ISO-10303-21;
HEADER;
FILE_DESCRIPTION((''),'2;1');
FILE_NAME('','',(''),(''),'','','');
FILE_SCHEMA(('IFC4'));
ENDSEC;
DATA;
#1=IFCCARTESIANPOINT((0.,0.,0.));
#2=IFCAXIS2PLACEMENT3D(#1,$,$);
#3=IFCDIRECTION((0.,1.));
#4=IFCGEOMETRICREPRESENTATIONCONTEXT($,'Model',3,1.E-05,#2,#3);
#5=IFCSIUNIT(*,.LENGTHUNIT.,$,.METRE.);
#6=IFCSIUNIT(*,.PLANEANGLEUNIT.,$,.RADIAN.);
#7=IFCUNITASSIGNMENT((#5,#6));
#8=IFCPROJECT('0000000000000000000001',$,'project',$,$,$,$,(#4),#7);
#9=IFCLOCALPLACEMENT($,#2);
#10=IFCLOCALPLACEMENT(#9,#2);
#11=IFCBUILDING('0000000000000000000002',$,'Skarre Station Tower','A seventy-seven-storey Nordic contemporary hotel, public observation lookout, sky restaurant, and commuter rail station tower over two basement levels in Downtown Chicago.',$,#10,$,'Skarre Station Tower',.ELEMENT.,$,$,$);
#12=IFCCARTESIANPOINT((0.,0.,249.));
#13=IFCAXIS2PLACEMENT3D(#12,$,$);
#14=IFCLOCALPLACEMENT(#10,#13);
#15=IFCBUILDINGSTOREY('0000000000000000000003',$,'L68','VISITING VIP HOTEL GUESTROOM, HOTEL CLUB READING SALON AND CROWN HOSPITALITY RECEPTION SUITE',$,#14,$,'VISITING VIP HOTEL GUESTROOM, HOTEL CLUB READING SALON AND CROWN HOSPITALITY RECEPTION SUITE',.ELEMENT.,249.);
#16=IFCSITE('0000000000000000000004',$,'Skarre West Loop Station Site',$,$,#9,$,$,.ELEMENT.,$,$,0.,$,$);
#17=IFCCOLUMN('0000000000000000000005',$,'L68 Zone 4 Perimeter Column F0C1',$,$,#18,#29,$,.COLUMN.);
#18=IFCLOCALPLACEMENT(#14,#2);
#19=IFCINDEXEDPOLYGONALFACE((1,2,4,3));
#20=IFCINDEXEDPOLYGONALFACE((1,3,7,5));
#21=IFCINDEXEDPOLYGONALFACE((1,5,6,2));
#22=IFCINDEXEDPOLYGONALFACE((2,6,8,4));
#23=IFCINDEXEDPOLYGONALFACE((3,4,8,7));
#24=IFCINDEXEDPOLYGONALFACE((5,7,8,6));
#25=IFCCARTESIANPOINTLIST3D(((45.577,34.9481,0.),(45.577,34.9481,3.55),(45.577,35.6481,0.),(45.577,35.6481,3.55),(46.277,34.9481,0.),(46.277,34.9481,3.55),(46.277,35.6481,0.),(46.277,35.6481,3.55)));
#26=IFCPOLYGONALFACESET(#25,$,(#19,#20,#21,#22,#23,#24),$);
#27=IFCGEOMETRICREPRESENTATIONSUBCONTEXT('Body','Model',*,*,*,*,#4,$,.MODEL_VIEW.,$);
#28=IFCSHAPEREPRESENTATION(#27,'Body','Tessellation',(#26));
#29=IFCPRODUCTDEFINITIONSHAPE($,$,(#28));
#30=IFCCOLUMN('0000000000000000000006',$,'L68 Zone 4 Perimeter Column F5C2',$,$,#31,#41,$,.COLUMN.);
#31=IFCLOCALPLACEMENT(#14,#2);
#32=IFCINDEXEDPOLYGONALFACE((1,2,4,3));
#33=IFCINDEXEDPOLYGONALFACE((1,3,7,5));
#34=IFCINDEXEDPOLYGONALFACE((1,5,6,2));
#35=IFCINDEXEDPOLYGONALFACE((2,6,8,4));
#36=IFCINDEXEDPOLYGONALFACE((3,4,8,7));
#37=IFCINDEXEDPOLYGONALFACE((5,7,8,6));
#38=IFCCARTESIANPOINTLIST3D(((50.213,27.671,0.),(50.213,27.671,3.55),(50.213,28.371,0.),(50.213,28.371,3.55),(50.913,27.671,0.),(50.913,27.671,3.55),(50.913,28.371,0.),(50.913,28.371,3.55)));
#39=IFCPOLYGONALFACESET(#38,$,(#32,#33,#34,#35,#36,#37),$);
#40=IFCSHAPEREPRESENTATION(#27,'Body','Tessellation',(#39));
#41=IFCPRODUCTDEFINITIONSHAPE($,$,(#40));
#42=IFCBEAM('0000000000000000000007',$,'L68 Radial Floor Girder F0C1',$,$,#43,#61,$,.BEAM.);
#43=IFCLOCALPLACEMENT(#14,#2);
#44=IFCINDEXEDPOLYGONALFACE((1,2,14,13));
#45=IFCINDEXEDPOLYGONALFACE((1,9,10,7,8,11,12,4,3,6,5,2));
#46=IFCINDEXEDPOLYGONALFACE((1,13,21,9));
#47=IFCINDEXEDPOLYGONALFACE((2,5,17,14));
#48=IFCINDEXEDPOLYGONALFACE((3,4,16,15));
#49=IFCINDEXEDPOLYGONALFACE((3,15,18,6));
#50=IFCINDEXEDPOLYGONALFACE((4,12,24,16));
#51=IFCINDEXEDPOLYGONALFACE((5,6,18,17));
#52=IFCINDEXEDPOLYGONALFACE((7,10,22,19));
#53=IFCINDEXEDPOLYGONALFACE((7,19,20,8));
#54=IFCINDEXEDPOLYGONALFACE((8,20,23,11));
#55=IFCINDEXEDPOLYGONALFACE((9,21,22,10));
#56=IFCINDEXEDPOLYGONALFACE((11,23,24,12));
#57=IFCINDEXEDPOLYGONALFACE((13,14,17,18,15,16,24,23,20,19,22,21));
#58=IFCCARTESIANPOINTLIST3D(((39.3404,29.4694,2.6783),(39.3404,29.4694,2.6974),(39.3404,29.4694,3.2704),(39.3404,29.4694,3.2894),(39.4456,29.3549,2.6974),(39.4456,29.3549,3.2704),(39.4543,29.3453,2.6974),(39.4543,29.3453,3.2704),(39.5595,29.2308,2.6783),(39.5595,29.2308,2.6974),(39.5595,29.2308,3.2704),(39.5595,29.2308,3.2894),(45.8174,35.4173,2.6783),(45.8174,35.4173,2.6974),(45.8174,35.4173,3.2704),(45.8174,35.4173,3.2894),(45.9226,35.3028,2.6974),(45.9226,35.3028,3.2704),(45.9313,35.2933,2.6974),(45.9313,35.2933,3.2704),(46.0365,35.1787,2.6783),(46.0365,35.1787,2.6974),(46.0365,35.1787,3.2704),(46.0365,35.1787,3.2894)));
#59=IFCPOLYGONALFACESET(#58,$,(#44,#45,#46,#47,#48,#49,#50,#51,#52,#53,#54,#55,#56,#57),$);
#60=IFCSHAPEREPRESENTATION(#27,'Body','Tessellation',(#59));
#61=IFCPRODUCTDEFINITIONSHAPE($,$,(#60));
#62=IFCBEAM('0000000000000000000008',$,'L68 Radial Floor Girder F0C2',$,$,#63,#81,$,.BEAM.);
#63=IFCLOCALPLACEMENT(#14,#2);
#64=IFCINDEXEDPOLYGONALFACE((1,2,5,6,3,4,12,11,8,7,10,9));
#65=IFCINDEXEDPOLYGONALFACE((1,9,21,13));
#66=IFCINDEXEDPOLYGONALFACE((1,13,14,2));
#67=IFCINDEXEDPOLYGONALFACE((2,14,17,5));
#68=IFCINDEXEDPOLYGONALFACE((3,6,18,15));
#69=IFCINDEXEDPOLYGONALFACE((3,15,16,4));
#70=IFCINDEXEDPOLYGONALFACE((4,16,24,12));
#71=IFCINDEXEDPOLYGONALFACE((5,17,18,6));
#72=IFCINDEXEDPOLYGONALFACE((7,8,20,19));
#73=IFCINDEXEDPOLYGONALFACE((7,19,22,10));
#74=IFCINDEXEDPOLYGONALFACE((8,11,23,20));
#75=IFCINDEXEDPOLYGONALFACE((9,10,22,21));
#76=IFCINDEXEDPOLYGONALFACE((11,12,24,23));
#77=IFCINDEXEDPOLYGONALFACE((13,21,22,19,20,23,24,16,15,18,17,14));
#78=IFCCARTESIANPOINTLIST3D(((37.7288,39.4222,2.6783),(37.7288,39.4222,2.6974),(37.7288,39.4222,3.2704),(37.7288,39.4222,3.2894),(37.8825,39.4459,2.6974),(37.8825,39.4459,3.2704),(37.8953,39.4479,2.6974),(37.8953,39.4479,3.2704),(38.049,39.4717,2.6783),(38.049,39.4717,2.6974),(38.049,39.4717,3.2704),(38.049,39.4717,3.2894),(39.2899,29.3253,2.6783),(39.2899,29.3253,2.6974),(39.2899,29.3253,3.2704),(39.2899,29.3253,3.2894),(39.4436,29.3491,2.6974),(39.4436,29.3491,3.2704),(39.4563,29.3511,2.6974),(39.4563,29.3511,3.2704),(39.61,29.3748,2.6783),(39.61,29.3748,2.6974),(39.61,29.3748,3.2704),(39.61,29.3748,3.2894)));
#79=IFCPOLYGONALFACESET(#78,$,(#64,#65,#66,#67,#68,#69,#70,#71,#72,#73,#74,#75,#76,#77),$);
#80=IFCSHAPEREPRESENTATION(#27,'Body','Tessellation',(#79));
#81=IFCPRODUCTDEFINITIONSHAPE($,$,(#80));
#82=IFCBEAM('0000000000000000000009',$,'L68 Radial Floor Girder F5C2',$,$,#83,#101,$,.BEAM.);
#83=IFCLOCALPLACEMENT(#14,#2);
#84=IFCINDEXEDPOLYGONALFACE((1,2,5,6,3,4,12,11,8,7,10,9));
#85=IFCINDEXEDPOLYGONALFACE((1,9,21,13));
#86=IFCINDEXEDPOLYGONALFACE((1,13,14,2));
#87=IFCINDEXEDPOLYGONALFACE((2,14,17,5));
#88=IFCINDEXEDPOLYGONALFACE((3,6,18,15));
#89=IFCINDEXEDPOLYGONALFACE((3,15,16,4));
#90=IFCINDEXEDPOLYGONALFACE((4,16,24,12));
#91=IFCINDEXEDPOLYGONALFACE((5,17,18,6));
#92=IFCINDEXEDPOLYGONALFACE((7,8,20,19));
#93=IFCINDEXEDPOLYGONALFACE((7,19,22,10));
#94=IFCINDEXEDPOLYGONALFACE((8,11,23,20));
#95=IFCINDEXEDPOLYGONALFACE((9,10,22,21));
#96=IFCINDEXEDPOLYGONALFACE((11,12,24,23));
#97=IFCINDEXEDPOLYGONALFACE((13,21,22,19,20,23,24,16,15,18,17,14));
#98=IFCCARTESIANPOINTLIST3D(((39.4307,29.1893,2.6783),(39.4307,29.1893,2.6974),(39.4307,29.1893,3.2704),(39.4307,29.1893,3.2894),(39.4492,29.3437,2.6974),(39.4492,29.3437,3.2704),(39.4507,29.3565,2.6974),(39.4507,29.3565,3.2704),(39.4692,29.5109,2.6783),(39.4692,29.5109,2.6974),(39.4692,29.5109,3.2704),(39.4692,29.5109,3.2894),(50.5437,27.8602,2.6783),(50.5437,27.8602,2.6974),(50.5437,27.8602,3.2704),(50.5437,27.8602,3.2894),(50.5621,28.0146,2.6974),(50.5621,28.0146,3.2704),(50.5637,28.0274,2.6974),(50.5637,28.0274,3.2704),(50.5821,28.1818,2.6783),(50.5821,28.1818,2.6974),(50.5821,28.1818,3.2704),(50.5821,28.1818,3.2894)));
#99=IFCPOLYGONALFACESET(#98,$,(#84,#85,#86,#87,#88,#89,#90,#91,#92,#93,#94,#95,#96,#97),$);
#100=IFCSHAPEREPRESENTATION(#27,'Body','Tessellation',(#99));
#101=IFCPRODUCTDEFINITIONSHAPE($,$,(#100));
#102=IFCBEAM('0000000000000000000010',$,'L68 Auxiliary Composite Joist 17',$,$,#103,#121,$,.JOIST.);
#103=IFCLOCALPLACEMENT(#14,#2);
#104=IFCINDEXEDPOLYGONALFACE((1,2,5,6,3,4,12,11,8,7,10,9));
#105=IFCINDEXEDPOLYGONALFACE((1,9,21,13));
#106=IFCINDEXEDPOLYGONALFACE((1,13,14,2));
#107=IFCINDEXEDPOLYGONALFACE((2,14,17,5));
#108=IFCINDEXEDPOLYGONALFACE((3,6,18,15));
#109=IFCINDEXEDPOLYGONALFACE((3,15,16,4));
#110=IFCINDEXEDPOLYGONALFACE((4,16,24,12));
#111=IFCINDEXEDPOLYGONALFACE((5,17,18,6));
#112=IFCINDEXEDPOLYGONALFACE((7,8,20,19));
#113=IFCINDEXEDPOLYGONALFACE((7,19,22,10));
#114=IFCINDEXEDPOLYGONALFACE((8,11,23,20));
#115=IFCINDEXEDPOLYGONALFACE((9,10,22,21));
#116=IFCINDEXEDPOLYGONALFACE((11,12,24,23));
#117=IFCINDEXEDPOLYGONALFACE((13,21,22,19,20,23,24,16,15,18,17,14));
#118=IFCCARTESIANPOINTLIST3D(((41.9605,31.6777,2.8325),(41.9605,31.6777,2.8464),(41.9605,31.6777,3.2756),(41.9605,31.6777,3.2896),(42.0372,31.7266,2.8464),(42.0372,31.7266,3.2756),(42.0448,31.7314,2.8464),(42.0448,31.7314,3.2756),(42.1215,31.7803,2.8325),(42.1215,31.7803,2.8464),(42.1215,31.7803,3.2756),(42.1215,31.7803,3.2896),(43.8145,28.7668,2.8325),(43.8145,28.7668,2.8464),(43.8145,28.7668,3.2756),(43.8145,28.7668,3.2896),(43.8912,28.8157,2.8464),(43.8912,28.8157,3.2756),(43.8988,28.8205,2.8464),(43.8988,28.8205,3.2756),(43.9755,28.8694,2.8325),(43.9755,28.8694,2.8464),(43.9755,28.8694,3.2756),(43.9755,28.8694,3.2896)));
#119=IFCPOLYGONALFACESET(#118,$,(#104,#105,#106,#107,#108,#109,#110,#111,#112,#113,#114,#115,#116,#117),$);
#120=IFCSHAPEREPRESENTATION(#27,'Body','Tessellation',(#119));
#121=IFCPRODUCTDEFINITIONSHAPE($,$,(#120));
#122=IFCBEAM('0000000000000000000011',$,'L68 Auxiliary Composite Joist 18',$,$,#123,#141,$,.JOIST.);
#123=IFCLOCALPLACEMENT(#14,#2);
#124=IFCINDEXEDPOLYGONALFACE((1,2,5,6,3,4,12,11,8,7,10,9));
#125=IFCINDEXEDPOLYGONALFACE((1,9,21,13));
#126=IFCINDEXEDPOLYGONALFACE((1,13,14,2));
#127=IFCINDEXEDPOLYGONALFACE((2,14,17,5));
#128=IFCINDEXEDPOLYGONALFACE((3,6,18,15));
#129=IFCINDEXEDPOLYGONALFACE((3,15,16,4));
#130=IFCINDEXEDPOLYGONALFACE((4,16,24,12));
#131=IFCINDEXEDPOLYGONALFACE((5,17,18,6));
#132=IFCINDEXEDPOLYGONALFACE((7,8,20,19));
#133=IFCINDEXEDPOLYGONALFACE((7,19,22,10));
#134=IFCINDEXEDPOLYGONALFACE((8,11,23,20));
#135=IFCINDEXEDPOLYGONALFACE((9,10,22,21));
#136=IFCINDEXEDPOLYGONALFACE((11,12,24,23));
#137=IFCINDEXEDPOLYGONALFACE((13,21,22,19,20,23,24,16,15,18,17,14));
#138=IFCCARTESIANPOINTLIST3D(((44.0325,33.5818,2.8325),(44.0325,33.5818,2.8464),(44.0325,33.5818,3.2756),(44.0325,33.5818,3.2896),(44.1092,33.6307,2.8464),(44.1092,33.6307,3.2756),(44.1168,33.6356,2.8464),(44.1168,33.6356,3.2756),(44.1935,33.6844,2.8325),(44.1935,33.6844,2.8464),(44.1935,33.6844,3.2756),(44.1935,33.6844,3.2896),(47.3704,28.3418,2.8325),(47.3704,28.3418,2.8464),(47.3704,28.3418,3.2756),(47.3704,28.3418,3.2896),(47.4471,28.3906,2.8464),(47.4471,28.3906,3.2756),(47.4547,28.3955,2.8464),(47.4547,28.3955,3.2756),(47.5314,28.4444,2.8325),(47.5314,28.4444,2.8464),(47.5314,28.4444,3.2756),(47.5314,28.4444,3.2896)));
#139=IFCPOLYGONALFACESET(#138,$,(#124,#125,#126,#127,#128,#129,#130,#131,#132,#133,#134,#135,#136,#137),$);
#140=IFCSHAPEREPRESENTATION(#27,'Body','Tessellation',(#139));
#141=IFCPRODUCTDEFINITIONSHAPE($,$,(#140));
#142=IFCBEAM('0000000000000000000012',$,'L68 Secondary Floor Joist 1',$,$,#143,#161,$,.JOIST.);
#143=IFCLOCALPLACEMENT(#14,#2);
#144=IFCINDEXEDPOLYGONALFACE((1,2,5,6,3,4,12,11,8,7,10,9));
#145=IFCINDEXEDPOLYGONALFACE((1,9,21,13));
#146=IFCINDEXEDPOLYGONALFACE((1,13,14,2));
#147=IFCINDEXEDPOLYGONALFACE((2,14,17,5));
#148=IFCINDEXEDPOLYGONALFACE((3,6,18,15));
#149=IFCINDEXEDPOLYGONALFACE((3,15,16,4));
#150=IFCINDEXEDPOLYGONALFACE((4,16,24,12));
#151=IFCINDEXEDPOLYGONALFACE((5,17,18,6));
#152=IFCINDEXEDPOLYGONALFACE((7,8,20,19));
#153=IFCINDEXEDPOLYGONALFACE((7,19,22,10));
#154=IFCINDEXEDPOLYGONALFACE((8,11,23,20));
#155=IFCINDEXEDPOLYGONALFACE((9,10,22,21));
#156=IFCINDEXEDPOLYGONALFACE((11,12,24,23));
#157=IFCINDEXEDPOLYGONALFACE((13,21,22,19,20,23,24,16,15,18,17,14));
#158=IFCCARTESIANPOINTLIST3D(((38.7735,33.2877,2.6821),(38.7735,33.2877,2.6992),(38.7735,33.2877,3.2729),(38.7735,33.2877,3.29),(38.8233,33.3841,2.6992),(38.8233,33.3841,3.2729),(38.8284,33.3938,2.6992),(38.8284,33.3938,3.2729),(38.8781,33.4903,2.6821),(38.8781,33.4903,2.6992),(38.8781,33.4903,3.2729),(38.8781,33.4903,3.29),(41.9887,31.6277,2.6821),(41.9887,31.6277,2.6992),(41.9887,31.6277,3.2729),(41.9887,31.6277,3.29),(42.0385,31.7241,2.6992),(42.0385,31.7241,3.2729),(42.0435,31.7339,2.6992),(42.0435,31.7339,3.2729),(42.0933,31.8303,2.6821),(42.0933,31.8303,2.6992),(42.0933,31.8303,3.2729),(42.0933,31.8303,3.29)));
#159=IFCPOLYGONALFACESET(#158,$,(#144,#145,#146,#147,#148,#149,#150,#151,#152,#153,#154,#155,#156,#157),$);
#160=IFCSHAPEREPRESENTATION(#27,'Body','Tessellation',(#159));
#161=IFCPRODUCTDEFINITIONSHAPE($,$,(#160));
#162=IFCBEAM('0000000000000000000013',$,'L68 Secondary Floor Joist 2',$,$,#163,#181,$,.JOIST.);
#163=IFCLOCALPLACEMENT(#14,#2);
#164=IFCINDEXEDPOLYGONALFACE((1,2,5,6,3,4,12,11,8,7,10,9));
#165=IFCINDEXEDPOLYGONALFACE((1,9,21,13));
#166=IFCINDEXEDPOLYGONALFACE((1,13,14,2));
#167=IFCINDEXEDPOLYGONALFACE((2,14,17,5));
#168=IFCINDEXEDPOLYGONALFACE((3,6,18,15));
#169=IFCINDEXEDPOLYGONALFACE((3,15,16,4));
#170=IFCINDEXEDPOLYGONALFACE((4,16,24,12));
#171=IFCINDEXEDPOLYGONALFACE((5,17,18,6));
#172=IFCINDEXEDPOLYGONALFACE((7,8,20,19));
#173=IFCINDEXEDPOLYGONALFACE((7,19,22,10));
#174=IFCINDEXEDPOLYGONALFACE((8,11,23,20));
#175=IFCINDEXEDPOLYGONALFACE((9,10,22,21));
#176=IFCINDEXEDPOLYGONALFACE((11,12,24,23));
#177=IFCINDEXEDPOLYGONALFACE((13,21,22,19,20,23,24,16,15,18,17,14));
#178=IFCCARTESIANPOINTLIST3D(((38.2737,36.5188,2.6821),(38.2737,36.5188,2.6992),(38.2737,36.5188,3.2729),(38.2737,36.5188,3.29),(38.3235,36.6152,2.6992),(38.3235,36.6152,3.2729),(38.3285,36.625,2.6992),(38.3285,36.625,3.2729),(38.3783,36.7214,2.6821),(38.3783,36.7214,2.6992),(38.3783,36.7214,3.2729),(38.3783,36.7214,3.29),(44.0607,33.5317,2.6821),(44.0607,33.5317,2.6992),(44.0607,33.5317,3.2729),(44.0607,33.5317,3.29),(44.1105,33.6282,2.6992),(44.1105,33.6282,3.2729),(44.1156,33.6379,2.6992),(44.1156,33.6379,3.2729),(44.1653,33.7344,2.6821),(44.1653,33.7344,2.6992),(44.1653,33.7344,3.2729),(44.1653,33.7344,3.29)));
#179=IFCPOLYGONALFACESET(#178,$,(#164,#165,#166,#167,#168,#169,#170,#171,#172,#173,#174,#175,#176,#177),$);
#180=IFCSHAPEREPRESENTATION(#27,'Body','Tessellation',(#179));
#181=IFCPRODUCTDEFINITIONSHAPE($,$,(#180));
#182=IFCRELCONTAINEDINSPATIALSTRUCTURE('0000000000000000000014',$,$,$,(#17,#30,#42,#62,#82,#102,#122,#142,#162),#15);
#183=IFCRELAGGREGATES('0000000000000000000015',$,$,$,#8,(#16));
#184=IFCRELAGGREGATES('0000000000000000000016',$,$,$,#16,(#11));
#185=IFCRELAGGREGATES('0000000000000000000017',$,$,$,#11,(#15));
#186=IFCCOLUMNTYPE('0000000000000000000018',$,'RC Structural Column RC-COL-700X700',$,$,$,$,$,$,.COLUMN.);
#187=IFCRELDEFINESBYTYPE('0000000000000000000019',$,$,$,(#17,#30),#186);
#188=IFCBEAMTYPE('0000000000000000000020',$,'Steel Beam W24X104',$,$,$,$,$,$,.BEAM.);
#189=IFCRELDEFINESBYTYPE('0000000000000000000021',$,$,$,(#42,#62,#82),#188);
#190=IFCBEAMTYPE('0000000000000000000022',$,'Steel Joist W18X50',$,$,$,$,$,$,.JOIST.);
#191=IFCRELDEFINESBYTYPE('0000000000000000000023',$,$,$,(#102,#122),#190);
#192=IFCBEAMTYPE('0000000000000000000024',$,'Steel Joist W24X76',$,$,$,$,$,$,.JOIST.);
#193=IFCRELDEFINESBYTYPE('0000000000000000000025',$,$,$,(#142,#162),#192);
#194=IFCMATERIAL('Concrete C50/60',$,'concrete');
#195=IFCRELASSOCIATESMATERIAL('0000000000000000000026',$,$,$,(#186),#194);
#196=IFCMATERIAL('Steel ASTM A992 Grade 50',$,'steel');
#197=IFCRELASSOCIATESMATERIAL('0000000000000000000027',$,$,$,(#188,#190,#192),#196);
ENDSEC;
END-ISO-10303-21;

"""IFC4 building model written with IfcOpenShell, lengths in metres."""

from ifc_helpers import new_model, si_unit, direction, frame, origin, origin_2d, place, context, subcontext, project, spatial, rectangle, i_section, extrude, material, material_profile, profile_set, type_object, element, save


model = new_model("IFC4")

# Units and contexts
model_context = context("Model", 3, precision=1e-05, world=origin(), true_north=direction((0.0, 1.0)))
body_context = subcontext(model_context, "Body", "Model", "MODEL_VIEW")
ifc_project = project(units=[si_unit("LENGTHUNIT", "METRE"), si_unit("PLANEANGLEUNIT", "RADIAN")], contexts=[model_context])

# Site, building, storey
site_placement = place(None, origin())
site = spatial("IfcSite", under=ifc_project, at=site_placement, Name="Skarre West Loop Station Site", CompositionType="ELEMENT", RefElevation=0.0)
building_placement = place(site_placement, origin())
building = spatial("IfcBuilding", under=site, at=building_placement, Name="Skarre Station Tower", Description="A seventy-seven-storey Nordic contemporary hotel, public observation lookout, sky restaurant, and commuter rail station tower over two basement levels in Downtown Chicago.", LongName="Skarre Station Tower", CompositionType="ELEMENT")
storey_placement = place(building_placement, frame((0.0, 0.0, 249.0)))
storey = spatial("IfcBuildingStorey", under=building, at=storey_placement, Name="L68", Description="VISITING VIP HOTEL GUESTROOM, HOTEL CLUB READING SALON AND CROWN HOSPITALITY RECEPTION SUITE", LongName="VISITING VIP HOTEL GUESTROOM, HOTEL CLUB READING SALON AND CROWN HOSPITALITY RECEPTION SUITE", CompositionType="ELEMENT", Elevation=249.0)

# Columns
ifc_material_1 = material(Name="Concrete C50/60", Category="concrete")
ifc_material_profile_1 = material_profile(ifc_material_1, rectangle(XDim=0.7, YDim=0.7, at=origin_2d()), Name="Concrete C50/60")
ifc_profile_set_1 = profile_set([ifc_material_profile_1], Name="Concrete C50/60")
column_type = type_object("IfcColumnType", Name="RC Structural Column RC-COL-700X700", PredefinedType="COLUMN", material=ifc_profile_set_1)
for number, where, z_axis, x_axis, name in (
    (1, (45.927, 35.2981, 0.0), (0.0, 0.0, 1.0), (1.0, 0.0, 0.0), "L68 Zone 4 Perimeter Column F0C1"),
    (2, (50.563, 28.021, 0.0), (0.0, 0.0, 1.0), (1.0, 0.0, 0.0), "L68 Zone 4 Perimeter Column F5C2"),
):
    element("IfcColumn", number, at=place(storey_placement, frame(where, z_axis=z_axis, x_axis=x_axis)), inside=storey, type_object=column_type, Name=name, PredefinedType="COLUMN", context=body_context, shape_type="SweptSolid", body=[
        extrude(rectangle(XDim=0.7, YDim=0.7, at=origin_2d()), origin(), (0.0, 0.0, 1.0), 3.55),
    ])

# Beams
ifc_material_2 = material(Name="Steel ASTM A992 Grade 50", Category="steel")
ifc_material_profile_2 = material_profile(ifc_material_2, i_section(OverallWidth=0.324, OverallDepth=0.6111, WebThickness=0.0129, FlangeThickness=0.019, at=origin_2d()), Name="Steel ASTM A992 Grade 50")
ifc_profile_set_2 = profile_set([ifc_material_profile_2], Name="Steel ASTM A992 Grade 50")
beam_type_1 = type_object("IfcBeamType", Name="Steel Beam W24X104", PredefinedType="BEAM", material=ifc_profile_set_2)
beam_1_placement = place(storey_placement, frame((39.45, 29.3501, 2.9839), z_axis=(0.736548, 0.676386, 0.0), x_axis=(-0.676386, 0.736548, 0.0)))
element("IfcBeam", 3, at=beam_1_placement, inside=storey, type_object=beam_type_1, Name="L68 Radial Floor Girder F0C1", PredefinedType="BEAM", context=body_context, shape_type="SweptSolid", body=[
    extrude(i_section(OverallWidth=0.324, OverallDepth=0.6111, WebThickness=0.0129, FlangeThickness=0.019, at=origin_2d()), origin(), (0.0, 0.0, 1.0), 8.7937),
])
beam_2_placement = place(storey_placement, frame((39.45, 29.3501, 2.9839), z_axis=(-0.15279, 0.988259, 0.0), x_axis=(-0.988259, -0.15279, 0.0)))
element("IfcBeam", 4, at=beam_2_placement, inside=storey, type_object=beam_type_1, Name="L68 Radial Floor Girder F0C2", PredefinedType="BEAM", context=body_context, shape_type="SweptSolid", body=[
    extrude(i_section(OverallWidth=0.324, OverallDepth=0.6111, WebThickness=0.0129, FlangeThickness=0.019, at=origin_2d()), origin(), (0.0, 0.0, 1.0), 10.2168),
])
beam_3_placement = place(storey_placement, frame((39.45, 29.3501, 2.9839), z_axis=(0.992924, -0.118752, 0.0), x_axis=(0.118752, 0.992924, 0.0)))
element("IfcBeam", 5, at=beam_3_placement, inside=storey, type_object=beam_type_1, Name="L68 Radial Floor Girder F5C2", PredefinedType="BEAM", context=body_context, shape_type="SweptSolid", body=[
    extrude(i_section(OverallWidth=0.324, OverallDepth=0.6111, WebThickness=0.0129, FlangeThickness=0.019, at=origin_2d()), origin(), (0.0, 0.0, 1.0), 11.1921),
])
ifc_material_profile_3 = material_profile(ifc_material_2, i_section(OverallWidth=0.1909, OverallDepth=0.457, WebThickness=0.009, FlangeThickness=0.0139, at=origin_2d()), Name="Steel ASTM A992 Grade 50")
ifc_profile_set_3 = profile_set([ifc_material_profile_3], Name="Steel ASTM A992 Grade 50")
beam_type_2 = type_object("IfcBeamType", Name="Steel Joist W18X50", PredefinedType="JOIST", material=ifc_profile_set_3)
beam_4_placement = place(storey_placement, frame((43.895, 28.8181, 3.061), z_axis=(-0.53721, 0.843449, 0.0), x_axis=(-0.843449, -0.53721, 0.0)))
element("IfcBeam", 6, at=beam_4_placement, inside=storey, type_object=beam_type_2, Name="L68 Auxiliary Composite Joist 17", PredefinedType="JOIST", context=body_context, shape_type="SweptSolid", body=[
    extrude(i_section(OverallWidth=0.1909, OverallDepth=0.457, WebThickness=0.009, FlangeThickness=0.0139, at=origin_2d()), origin(), (0.0, 0.0, 1.0), 3.4512),
])
beam_5_placement = place(storey_placement, frame((47.4509, 28.3931, 3.061), z_axis=(-0.537259, 0.843417, 0.0), x_axis=(-0.843417, -0.537259, 0.0)))
element("IfcBeam", 7, at=beam_5_placement, inside=storey, type_object=beam_type_2, Name="L68 Auxiliary Composite Joist 18", PredefinedType="JOIST", context=body_context, shape_type="SweptSolid", body=[
    extrude(i_section(OverallWidth=0.1909, OverallDepth=0.457, WebThickness=0.009, FlangeThickness=0.0139, at=origin_2d()), origin(), (0.0, 0.0, 1.0), 6.2129),
])
ifc_material_profile_4 = material_profile(ifc_material_2, i_section(OverallWidth=0.228, OverallDepth=0.6079, WebThickness=0.011, FlangeThickness=0.0171, at=origin_2d()), Name="Steel ASTM A992 Grade 50")
ifc_profile_set_4 = profile_set([ifc_material_profile_4], Name="Steel ASTM A992 Grade 50")
beam_type_3 = type_object("IfcBeamType", Name="Steel Joist W24X76", PredefinedType="JOIST", material=ifc_profile_set_4)
beam_6_placement = place(storey_placement, frame((42.041, 31.729, 2.9861), z_axis=(-0.888563, 0.458755, 0.0), x_axis=(-0.458755, -0.888563, 0.0)))
element("IfcBeam", 8, at=beam_6_placement, inside=storey, type_object=beam_type_3, Name="L68 Secondary Floor Joist 1", PredefinedType="JOIST", context=body_context, shape_type="SweptSolid", body=[
    extrude(i_section(OverallWidth=0.228, OverallDepth=0.6079, WebThickness=0.011, FlangeThickness=0.0171, at=origin_2d()), origin(), (0.0, 0.0, 1.0), 3.6184),
])
beam_7_placement = place(storey_placement, frame((44.113, 33.6331, 2.9861), z_axis=(-0.88861, 0.458663, 0.0), x_axis=(-0.458663, -0.88861, 0.0)))
element("IfcBeam", 9, at=beam_7_placement, inside=storey, type_object=beam_type_3, Name="L68 Secondary Floor Joist 2", PredefinedType="JOIST", context=body_context, shape_type="SweptSolid", body=[
    extrude(i_section(OverallWidth=0.228, OverallDepth=0.6079, WebThickness=0.011, FlangeThickness=0.0171, at=origin_2d()), origin(), (0.0, 0.0, 1.0), 6.5125),
])

save(model, "model.ifc")
